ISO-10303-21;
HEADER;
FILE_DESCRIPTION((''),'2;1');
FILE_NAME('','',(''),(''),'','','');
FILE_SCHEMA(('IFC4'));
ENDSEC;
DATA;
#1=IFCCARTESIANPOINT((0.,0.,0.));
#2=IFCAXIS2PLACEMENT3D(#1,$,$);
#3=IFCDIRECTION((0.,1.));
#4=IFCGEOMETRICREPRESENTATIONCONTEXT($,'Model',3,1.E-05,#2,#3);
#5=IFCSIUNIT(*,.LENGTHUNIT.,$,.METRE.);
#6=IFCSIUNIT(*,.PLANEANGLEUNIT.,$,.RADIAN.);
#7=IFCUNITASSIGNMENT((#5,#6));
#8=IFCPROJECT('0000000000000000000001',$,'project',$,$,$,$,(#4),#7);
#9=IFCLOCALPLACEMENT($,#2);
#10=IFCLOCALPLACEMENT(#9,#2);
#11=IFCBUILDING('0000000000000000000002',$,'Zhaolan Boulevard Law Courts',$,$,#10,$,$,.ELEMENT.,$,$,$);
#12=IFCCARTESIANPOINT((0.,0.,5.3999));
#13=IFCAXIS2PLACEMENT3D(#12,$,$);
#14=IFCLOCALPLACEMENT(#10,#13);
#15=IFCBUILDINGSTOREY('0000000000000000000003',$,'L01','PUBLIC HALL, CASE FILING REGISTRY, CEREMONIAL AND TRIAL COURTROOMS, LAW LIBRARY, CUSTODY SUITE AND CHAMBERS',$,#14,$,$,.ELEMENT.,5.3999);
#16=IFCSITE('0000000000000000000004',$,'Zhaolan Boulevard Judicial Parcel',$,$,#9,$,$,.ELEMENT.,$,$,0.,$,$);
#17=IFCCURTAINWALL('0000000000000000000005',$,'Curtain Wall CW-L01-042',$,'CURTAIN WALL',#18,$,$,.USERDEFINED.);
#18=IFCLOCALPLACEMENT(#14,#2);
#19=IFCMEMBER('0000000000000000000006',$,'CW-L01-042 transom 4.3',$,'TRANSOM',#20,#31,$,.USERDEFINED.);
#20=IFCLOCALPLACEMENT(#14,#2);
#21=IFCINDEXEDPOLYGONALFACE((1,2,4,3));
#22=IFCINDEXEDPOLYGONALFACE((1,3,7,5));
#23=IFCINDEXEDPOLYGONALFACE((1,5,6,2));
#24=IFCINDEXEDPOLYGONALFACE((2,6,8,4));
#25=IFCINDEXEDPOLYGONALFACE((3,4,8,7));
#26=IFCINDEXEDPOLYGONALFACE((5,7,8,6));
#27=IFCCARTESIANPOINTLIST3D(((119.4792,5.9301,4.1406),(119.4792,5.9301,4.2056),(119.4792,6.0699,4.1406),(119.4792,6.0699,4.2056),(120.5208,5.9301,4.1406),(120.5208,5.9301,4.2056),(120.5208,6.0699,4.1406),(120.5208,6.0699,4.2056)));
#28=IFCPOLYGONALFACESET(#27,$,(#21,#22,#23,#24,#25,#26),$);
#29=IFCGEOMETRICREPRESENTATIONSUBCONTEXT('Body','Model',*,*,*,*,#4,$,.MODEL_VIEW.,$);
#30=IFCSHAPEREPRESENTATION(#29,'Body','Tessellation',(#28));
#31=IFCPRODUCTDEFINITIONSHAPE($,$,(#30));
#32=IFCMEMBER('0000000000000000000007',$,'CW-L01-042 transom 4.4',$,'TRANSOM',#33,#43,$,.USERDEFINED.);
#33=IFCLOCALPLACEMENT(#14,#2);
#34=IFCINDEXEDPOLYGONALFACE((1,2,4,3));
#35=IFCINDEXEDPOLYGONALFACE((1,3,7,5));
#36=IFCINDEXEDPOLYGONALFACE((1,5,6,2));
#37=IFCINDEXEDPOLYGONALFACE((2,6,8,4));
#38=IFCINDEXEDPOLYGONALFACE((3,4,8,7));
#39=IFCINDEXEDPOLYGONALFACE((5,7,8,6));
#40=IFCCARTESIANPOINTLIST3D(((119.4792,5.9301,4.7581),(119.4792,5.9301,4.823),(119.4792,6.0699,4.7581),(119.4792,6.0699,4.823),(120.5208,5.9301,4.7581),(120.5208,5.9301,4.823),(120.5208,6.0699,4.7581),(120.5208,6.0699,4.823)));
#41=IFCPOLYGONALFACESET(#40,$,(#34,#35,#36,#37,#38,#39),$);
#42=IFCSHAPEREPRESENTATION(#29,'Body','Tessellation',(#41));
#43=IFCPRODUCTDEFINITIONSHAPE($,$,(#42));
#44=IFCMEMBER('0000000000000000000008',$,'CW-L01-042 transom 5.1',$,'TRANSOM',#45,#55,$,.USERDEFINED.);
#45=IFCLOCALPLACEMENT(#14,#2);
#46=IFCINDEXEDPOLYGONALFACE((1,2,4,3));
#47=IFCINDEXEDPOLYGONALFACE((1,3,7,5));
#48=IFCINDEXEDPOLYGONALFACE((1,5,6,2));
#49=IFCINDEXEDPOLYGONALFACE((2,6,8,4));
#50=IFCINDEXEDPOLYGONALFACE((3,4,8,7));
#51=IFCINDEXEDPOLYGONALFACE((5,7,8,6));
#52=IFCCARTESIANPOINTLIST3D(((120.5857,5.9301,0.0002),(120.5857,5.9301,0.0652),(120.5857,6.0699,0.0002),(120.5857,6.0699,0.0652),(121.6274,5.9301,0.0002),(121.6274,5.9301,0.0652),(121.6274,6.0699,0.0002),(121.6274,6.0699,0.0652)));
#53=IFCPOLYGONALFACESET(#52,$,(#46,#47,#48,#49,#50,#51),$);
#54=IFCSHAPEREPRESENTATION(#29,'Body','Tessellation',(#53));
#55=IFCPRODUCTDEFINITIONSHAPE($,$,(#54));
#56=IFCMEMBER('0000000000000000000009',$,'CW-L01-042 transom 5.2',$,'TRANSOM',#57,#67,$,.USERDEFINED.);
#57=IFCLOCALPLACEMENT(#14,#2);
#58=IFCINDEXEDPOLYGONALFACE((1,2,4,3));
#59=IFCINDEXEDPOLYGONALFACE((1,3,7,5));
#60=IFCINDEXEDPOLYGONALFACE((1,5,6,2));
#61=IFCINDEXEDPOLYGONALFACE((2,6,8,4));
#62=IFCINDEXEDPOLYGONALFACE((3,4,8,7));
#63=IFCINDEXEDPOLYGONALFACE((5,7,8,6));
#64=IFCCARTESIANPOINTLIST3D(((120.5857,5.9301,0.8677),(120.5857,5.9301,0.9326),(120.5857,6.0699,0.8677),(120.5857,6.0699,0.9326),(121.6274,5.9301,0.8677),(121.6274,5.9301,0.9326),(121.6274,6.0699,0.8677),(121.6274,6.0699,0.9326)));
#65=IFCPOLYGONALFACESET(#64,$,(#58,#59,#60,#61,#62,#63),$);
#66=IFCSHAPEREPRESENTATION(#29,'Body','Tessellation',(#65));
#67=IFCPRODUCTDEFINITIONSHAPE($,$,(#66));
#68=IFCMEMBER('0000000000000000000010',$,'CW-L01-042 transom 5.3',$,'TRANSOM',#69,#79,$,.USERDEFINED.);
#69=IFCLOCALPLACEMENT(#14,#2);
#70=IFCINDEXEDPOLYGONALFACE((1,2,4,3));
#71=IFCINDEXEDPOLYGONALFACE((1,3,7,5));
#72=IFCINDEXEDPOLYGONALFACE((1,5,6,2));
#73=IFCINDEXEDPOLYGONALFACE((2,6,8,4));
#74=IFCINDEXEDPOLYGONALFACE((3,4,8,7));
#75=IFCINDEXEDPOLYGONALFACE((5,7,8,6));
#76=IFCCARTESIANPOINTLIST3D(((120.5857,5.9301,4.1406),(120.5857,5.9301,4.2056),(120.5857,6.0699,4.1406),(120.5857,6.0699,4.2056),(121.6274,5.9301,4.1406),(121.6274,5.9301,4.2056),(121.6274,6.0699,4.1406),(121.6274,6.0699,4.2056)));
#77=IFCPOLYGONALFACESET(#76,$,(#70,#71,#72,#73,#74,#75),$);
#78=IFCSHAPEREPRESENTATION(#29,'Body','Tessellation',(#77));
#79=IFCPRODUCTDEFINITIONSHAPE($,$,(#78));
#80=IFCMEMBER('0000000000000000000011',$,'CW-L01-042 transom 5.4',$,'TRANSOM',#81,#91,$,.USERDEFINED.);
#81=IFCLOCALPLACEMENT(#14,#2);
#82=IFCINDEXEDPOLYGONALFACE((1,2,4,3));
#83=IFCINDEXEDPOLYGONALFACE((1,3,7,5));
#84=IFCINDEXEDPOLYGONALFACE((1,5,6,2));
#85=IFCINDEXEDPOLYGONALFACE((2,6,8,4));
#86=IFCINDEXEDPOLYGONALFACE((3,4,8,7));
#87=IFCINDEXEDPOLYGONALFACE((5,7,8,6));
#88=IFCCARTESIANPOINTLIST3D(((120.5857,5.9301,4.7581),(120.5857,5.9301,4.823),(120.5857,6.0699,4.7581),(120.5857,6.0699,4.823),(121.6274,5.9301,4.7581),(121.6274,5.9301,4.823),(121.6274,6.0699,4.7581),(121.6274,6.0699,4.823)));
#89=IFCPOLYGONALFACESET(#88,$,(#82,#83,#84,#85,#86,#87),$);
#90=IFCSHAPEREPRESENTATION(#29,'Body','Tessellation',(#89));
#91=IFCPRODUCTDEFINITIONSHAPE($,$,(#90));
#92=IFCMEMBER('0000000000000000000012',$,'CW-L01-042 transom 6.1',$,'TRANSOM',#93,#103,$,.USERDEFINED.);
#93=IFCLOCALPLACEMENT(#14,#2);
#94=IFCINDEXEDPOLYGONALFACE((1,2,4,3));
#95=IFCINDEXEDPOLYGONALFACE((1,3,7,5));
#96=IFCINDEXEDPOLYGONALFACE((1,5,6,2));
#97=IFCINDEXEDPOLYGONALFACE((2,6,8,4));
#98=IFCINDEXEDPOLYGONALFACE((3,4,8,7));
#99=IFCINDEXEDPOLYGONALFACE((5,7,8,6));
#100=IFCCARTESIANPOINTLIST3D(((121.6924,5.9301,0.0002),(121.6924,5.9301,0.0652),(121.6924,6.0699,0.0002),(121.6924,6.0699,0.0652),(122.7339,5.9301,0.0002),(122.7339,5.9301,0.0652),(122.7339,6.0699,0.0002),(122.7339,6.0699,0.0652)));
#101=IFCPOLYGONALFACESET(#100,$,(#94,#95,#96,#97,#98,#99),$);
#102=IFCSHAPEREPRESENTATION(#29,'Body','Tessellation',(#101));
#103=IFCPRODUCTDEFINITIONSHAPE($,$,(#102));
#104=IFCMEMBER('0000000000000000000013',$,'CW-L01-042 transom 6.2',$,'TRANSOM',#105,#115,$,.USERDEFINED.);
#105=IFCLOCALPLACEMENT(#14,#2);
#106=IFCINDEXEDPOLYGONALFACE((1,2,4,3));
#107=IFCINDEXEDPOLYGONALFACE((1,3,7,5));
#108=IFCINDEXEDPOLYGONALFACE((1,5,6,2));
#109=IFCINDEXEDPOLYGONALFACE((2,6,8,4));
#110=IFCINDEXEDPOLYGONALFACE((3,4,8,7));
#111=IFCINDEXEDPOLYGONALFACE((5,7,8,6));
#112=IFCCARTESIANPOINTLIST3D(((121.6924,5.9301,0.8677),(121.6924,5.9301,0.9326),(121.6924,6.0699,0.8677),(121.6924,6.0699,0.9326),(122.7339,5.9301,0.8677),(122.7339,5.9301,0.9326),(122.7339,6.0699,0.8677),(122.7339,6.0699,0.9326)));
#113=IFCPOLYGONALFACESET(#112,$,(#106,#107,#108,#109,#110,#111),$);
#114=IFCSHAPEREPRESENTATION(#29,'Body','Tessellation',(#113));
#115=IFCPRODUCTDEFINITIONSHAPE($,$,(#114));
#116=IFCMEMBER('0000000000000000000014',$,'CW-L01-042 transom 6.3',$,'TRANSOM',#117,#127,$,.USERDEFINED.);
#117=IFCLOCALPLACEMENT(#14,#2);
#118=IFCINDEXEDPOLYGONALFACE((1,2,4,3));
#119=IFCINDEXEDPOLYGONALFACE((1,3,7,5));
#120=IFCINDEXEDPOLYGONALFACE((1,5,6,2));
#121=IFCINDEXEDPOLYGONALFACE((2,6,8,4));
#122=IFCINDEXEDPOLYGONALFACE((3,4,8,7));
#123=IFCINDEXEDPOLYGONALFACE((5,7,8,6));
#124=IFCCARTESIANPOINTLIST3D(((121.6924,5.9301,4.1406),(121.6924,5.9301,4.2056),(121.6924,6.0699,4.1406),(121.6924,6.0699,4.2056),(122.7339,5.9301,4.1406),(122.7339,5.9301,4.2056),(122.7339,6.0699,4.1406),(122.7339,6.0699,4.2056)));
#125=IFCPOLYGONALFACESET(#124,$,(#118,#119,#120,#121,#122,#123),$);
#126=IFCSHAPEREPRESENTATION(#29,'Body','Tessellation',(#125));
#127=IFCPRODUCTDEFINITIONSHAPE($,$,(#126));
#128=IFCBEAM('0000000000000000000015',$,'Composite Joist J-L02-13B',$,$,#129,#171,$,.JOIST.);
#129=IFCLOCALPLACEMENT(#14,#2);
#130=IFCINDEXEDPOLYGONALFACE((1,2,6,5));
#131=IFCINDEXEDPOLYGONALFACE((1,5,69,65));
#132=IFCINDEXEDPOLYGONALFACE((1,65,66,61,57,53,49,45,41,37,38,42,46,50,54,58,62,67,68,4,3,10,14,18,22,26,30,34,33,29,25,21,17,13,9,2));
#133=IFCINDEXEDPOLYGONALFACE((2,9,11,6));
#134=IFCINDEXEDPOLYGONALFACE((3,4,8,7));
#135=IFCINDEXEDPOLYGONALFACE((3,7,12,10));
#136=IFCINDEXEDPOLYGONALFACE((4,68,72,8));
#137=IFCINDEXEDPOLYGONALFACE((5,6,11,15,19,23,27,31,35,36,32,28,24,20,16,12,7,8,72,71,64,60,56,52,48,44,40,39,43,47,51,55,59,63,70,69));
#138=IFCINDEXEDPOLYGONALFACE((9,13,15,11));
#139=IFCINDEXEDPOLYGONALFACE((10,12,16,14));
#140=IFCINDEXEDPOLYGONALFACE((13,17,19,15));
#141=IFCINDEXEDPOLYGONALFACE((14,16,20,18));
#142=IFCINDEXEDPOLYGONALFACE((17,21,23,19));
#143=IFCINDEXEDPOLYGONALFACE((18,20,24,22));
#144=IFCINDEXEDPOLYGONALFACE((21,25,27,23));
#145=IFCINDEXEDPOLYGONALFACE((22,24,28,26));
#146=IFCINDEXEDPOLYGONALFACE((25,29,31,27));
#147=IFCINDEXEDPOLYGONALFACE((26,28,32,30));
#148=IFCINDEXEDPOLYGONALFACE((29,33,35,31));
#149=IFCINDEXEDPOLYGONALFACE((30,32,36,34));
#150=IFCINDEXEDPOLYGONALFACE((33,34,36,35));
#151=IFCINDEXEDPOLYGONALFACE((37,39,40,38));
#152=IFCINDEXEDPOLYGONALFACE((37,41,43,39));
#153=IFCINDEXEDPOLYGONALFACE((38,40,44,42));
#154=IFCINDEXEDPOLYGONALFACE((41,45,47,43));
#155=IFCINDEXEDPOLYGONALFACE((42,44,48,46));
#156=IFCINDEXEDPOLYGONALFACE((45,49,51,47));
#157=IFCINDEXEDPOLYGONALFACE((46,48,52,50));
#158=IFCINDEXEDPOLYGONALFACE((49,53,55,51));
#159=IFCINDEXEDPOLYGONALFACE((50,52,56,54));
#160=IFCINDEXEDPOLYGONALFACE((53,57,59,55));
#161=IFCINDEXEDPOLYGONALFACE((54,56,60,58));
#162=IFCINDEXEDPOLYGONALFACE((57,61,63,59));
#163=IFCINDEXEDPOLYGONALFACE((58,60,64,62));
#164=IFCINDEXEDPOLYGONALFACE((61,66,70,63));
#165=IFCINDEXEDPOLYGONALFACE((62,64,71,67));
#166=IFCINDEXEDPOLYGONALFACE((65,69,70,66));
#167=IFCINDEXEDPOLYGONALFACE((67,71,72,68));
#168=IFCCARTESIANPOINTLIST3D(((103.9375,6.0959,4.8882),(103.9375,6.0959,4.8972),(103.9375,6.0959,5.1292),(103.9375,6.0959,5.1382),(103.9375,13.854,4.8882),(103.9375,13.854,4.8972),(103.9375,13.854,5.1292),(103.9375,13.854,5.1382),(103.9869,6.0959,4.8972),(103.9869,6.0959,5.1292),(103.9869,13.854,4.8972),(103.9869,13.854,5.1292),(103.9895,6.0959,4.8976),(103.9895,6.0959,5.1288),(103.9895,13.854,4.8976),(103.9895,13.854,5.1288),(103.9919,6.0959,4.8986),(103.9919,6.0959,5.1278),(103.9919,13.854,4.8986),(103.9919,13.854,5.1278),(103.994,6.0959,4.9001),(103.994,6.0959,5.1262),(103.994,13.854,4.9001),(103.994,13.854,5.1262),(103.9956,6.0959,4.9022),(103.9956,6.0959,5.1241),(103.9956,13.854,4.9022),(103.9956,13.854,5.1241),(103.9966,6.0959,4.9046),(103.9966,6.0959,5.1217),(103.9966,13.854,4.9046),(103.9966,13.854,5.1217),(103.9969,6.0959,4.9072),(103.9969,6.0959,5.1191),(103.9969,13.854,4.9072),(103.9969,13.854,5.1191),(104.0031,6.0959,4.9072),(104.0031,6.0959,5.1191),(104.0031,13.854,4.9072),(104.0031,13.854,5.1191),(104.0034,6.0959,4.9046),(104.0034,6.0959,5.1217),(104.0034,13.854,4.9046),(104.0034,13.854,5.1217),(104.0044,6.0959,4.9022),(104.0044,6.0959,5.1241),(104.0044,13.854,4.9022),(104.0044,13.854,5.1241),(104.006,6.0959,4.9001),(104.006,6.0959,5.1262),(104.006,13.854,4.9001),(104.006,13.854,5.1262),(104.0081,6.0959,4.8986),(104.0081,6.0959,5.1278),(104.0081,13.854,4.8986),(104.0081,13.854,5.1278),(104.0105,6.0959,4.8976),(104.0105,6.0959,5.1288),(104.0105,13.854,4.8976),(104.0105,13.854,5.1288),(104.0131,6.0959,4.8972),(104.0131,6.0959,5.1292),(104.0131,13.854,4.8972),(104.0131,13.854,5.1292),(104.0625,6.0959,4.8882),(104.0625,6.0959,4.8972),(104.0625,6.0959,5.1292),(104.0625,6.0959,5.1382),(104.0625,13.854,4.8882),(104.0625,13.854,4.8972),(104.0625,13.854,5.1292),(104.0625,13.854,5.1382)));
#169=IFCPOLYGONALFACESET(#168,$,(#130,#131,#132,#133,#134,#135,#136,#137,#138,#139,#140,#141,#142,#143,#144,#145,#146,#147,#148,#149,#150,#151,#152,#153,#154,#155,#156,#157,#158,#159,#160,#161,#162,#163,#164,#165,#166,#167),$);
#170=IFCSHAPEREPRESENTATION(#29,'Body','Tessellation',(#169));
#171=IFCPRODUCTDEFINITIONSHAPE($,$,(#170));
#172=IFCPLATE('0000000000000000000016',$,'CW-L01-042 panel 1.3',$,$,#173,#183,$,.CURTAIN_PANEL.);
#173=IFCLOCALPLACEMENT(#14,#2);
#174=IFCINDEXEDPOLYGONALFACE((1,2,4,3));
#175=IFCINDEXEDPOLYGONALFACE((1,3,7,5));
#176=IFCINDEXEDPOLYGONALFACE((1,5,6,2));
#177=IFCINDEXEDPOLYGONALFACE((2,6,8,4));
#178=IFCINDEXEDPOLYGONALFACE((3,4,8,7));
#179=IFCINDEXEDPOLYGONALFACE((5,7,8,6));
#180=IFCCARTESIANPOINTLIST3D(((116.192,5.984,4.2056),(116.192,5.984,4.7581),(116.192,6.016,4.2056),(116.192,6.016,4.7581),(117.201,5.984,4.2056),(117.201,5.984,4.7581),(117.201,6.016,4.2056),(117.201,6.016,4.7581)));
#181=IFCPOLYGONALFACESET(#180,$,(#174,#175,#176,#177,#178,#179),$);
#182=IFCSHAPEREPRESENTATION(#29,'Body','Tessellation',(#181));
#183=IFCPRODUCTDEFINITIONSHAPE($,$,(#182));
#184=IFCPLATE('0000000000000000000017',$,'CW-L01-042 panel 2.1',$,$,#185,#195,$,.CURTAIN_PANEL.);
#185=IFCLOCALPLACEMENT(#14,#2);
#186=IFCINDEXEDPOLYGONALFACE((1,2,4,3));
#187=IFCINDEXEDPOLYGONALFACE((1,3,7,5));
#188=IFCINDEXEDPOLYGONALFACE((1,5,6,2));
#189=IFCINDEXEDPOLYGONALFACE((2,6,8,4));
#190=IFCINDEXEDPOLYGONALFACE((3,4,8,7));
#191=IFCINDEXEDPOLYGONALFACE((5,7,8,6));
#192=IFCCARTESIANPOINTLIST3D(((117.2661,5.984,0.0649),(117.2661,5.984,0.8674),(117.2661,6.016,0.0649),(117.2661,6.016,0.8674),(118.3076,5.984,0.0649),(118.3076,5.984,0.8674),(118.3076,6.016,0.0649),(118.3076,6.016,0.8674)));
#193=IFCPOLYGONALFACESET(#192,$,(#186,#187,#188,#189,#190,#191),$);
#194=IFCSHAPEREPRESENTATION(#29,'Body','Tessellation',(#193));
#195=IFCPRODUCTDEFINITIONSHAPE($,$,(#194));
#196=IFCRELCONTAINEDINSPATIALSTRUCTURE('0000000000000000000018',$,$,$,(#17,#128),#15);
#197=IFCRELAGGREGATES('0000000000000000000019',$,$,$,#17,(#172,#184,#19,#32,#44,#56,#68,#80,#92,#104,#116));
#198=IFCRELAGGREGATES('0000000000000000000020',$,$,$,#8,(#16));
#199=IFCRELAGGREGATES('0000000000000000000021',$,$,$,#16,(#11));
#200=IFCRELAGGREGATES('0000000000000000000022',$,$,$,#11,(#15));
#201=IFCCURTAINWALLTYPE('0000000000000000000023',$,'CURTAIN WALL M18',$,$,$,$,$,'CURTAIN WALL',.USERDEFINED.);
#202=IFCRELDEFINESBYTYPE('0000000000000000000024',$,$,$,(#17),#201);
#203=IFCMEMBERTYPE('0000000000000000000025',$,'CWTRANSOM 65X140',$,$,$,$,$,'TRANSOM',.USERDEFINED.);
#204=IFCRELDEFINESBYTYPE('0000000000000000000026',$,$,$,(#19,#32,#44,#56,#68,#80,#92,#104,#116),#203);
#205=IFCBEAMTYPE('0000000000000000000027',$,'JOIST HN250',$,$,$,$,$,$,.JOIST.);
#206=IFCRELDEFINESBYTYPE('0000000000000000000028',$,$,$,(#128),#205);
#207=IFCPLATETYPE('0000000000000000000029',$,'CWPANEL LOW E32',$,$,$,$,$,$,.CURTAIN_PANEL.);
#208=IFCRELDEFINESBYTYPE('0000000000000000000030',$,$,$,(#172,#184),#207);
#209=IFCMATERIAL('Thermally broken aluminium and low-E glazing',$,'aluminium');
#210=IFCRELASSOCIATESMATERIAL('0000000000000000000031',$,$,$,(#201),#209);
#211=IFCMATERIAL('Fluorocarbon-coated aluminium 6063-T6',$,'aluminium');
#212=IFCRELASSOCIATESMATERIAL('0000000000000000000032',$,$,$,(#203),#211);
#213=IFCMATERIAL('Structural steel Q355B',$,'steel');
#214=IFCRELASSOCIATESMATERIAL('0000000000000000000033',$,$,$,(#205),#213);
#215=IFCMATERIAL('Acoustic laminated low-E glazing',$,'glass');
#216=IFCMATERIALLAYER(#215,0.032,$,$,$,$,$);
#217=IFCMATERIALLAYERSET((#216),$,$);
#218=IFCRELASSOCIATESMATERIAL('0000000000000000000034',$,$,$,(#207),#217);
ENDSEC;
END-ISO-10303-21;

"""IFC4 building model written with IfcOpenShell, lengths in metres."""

from ifc_helpers import new_model, si_unit, direction, frame, origin, origin_2d, place, context, subcontext, project, spatial, rectangle, i_section, extrude, material, layer, layer_set, material_profile, profile_set, type_object, element, aggregate, save


model = new_model("IFC4")

# Units and contexts
model_context = context("Model", 3, precision=1e-05, world=origin(), true_north=direction((0.0, 1.0)))
body_context = subcontext(model_context, "Body", "Model", "MODEL_VIEW")
ifc_project = project(units=[si_unit("LENGTHUNIT", "METRE"), si_unit("PLANEANGLEUNIT", "RADIAN")], contexts=[model_context])

# Site, building, storey
site_placement = place(None, origin())
site = spatial("IfcSite", under=ifc_project, at=site_placement, Name="Zhaolan Boulevard Judicial Parcel", CompositionType="ELEMENT", RefElevation=0.0)
building_placement = place(site_placement, origin())
building = spatial("IfcBuilding", under=site, at=building_placement, Name="Zhaolan Boulevard Law Courts", CompositionType="ELEMENT")
storey_placement = place(building_placement, frame((0.0, 0.0, 5.3999)))
storey = spatial("IfcBuildingStorey", under=building, at=storey_placement, Name="L01", Description="PUBLIC HALL, CASE FILING REGISTRY, CEREMONIAL AND TRIAL COURTROOMS, LAW LIBRARY, CUSTODY SUITE AND CHAMBERS", CompositionType="ELEMENT", Elevation=5.3999)

# Curtain wall, members
ifc_material_1 = material(Name="Thermally broken aluminium and low-E glazing", Category="aluminium")
curtain_wall_type = type_object("IfcCurtainWallType", Name="CURTAIN WALL M18", ElementType="CURTAIN WALL", PredefinedType="USERDEFINED", material=ifc_material_1)
curtain_wall_placement = place(storey_placement, origin())
curtain_wall = element("IfcCurtainWall", 1, at=curtain_wall_placement, inside=storey, type_object=curtain_wall_type, Name="Curtain Wall CW-L01-042", ObjectType="CURTAIN WALL", PredefinedType="USERDEFINED")
ifc_material_2 = material(Name="Fluorocarbon-coated aluminium 6063-T6", Category="aluminium")
ifc_material_profile_1 = material_profile(ifc_material_2, rectangle(XDim=0.1399, YDim=0.0649, at=origin_2d()), Name="AL65x140")
ifc_profile_set_1 = profile_set([ifc_material_profile_1], Name="Fluorocarbon-coated aluminium 6063-T6")
member_type_1 = type_object("IfcMemberType", Name="CWTRANSOM 65X140", ElementType="TRANSOM", PredefinedType="USERDEFINED", material=ifc_profile_set_1)
member_1_placement = place(storey_placement, frame((119.4792, 6.0, 4.1731), z_axis=(1.0, 0.0, 0.0), x_axis=(0.0, 1.0, 0.0)))
member_1 = element("IfcMember", 2, at=member_1_placement, type_object=member_type_1, Name="CW-L01-042 transom 4.3", ObjectType="TRANSOM", PredefinedType="USERDEFINED", context=body_context, shape_type="SweptSolid", body=[
    extrude(rectangle(XDim=0.1399, YDim=0.0649, at=origin_2d()), origin(), (0.0, 0.0, 1.0), 1.0415),
])
member_2_placement = place(storey_placement, frame((119.4792, 6.0, 4.7905), z_axis=(1.0, 0.0, 0.0), x_axis=(0.0, 1.0, 0.0)))
member_2 = element("IfcMember", 3, at=member_2_placement, type_object=member_type_1, Name="CW-L01-042 transom 4.4", ObjectType="TRANSOM", PredefinedType="USERDEFINED", context=body_context, shape_type="SweptSolid", body=[
    extrude(rectangle(XDim=0.1399, YDim=0.0649, at=origin_2d()), origin(), (0.0, 0.0, 1.0), 1.0415),
])
member_3_placement = place(storey_placement, frame((120.5857, 6.0, 0.0327), z_axis=(1.0, 0.0, 0.0), x_axis=(0.0, 1.0, 0.0)))
member_3 = element("IfcMember", 4, at=member_3_placement, type_object=member_type_1, Name="CW-L01-042 transom 5.1", ObjectType="TRANSOM", PredefinedType="USERDEFINED", context=body_context, shape_type="SweptSolid", body=[
    extrude(rectangle(XDim=0.1399, YDim=0.0649, at=origin_2d()), origin(), (0.0, 0.0, 1.0), 1.0417),
])
member_4_placement = place(storey_placement, frame((120.5857, 6.0, 0.9001), z_axis=(1.0, 0.0, 0.0), x_axis=(0.0, 1.0, 0.0)))
member_4 = element("IfcMember", 5, at=member_4_placement, type_object=member_type_1, Name="CW-L01-042 transom 5.2", ObjectType="TRANSOM", PredefinedType="USERDEFINED", context=body_context, shape_type="SweptSolid", body=[
    extrude(rectangle(XDim=0.1399, YDim=0.0649, at=origin_2d()), origin(), (0.0, 0.0, 1.0), 1.0417),
])
member_5_placement = place(storey_placement, frame((120.5857, 6.0, 4.1731), z_axis=(1.0, 0.0, 0.0), x_axis=(0.0, 1.0, 0.0)))
member_5 = element("IfcMember", 6, at=member_5_placement, type_object=member_type_1, Name="CW-L01-042 transom 5.3", ObjectType="TRANSOM", PredefinedType="USERDEFINED", context=body_context, shape_type="SweptSolid", body=[
    extrude(rectangle(XDim=0.1399, YDim=0.0649, at=origin_2d()), origin(), (0.0, 0.0, 1.0), 1.0417),
])
member_6_placement = place(storey_placement, frame((120.5857, 6.0, 4.7905), z_axis=(1.0, 0.0, 0.0), x_axis=(0.0, 1.0, 0.0)))
member_6 = element("IfcMember", 7, at=member_6_placement, type_object=member_type_1, Name="CW-L01-042 transom 5.4", ObjectType="TRANSOM", PredefinedType="USERDEFINED", context=body_context, shape_type="SweptSolid", body=[
    extrude(rectangle(XDim=0.1399, YDim=0.0649, at=origin_2d()), origin(), (0.0, 0.0, 1.0), 1.0417),
])
member_7_placement = place(storey_placement, frame((121.6924, 6.0, 0.0327), z_axis=(1.0, 0.0, 0.0), x_axis=(0.0, 1.0, 0.0)))
member_7 = element("IfcMember", 8, at=member_7_placement, type_object=member_type_1, Name="CW-L01-042 transom 6.1", ObjectType="TRANSOM", PredefinedType="USERDEFINED", context=body_context, shape_type="SweptSolid", body=[
    extrude(rectangle(XDim=0.1399, YDim=0.0649, at=origin_2d()), origin(), (0.0, 0.0, 1.0), 1.0415),
])
member_8_placement = place(storey_placement, frame((121.6924, 6.0, 0.9001), z_axis=(1.0, 0.0, 0.0), x_axis=(0.0, 1.0, 0.0)))
member_8 = element("IfcMember", 9, at=member_8_placement, type_object=member_type_1, Name="CW-L01-042 transom 6.2", ObjectType="TRANSOM", PredefinedType="USERDEFINED", context=body_context, shape_type="SweptSolid", body=[
    extrude(rectangle(XDim=0.1399, YDim=0.0649, at=origin_2d()), origin(), (0.0, 0.0, 1.0), 1.0415),
])
member_9_placement = place(storey_placement, frame((121.6924, 6.0, 4.1731), z_axis=(1.0, 0.0, 0.0), x_axis=(0.0, 1.0, 0.0)))
member_9 = element("IfcMember", 10, at=member_9_placement, type_object=member_type_1, Name="CW-L01-042 transom 6.3", ObjectType="TRANSOM", PredefinedType="USERDEFINED", context=body_context, shape_type="SweptSolid", body=[
    extrude(rectangle(XDim=0.1399, YDim=0.0649, at=origin_2d()), origin(), (0.0, 0.0, 1.0), 1.0415),
])

# Beam
ifc_material_3 = material(Name="Structural steel Q355B", Category="steel")
ifc_material_profile_2 = material_profile(ifc_material_3, i_section(OverallWidth=0.125, OverallDepth=0.25, WebThickness=0.0061, FlangeThickness=0.009, FilletRadius=0.01, at=origin_2d()), Name="HN250x125")
ifc_profile_set_2 = profile_set([ifc_material_profile_2], Name="Structural steel Q355B")
beam_type = type_object("IfcBeamType", Name="JOIST HN250", PredefinedType="JOIST", material=ifc_profile_set_2)
beam_placement = place(storey_placement, frame((104.0, 6.0959, 5.0132), z_axis=(0.0, 1.0, 0.0), x_axis=(-1.0, 0.0, 0.0)))
element("IfcBeam", 11, at=beam_placement, inside=storey, type_object=beam_type, Name="Composite Joist J-L02-13B", PredefinedType="JOIST", context=body_context, shape_type="SweptSolid", body=[
    extrude(i_section(OverallWidth=0.125, OverallDepth=0.25, WebThickness=0.0061, FlangeThickness=0.009, FilletRadius=0.01, at=origin_2d()), origin(), (0.0, 0.0, 1.0), 7.7581),
])

# Plates
ifc_material_4 = material(Name="Acoustic laminated low-E glazing", Category="glass")
ifc_layer = layer(ifc_material_4, 0.032)
ifc_layer_set = layer_set([ifc_layer])
plate_type = type_object("IfcPlateType", Name="CWPANEL LOW E32", PredefinedType="CURTAIN_PANEL", material=ifc_layer_set)
plate_1_placement = place(storey_placement, frame((116.6965, 6.0, 4.2056), z_axis=(0.0, 0.0, 1.0), x_axis=(1.0, 0.0, 0.0)))
plate_1 = element("IfcPlate", 12, at=plate_1_placement, type_object=plate_type, Name="CW-L01-042 panel 1.3", PredefinedType="CURTAIN_PANEL", context=body_context, shape_type="SweptSolid", body=[
    extrude(rectangle(XDim=1.009, YDim=0.032, at=origin_2d()), origin(), (0.0, 0.0, 1.0), 0.5525),
])
plate_2_placement = place(storey_placement, frame((117.7869, 6.0, 0.0649), z_axis=(0.0, 0.0, 1.0), x_axis=(1.0, 0.0, 0.0)))
plate_2 = element("IfcPlate", 13, at=plate_2_placement, type_object=plate_type, Name="CW-L01-042 panel 2.1", PredefinedType="CURTAIN_PANEL", context=body_context, shape_type="SweptSolid", body=[
    extrude(rectangle(XDim=1.0415, YDim=0.032, at=origin_2d()), origin(), (0.0, 0.0, 1.0), 0.8025),
])
aggregate(curtain_wall, [plate_1, plate_2, member_1, member_2, member_3, member_4, member_5, member_6, member_7, member_8, member_9])

save(model, "model.ifc")
